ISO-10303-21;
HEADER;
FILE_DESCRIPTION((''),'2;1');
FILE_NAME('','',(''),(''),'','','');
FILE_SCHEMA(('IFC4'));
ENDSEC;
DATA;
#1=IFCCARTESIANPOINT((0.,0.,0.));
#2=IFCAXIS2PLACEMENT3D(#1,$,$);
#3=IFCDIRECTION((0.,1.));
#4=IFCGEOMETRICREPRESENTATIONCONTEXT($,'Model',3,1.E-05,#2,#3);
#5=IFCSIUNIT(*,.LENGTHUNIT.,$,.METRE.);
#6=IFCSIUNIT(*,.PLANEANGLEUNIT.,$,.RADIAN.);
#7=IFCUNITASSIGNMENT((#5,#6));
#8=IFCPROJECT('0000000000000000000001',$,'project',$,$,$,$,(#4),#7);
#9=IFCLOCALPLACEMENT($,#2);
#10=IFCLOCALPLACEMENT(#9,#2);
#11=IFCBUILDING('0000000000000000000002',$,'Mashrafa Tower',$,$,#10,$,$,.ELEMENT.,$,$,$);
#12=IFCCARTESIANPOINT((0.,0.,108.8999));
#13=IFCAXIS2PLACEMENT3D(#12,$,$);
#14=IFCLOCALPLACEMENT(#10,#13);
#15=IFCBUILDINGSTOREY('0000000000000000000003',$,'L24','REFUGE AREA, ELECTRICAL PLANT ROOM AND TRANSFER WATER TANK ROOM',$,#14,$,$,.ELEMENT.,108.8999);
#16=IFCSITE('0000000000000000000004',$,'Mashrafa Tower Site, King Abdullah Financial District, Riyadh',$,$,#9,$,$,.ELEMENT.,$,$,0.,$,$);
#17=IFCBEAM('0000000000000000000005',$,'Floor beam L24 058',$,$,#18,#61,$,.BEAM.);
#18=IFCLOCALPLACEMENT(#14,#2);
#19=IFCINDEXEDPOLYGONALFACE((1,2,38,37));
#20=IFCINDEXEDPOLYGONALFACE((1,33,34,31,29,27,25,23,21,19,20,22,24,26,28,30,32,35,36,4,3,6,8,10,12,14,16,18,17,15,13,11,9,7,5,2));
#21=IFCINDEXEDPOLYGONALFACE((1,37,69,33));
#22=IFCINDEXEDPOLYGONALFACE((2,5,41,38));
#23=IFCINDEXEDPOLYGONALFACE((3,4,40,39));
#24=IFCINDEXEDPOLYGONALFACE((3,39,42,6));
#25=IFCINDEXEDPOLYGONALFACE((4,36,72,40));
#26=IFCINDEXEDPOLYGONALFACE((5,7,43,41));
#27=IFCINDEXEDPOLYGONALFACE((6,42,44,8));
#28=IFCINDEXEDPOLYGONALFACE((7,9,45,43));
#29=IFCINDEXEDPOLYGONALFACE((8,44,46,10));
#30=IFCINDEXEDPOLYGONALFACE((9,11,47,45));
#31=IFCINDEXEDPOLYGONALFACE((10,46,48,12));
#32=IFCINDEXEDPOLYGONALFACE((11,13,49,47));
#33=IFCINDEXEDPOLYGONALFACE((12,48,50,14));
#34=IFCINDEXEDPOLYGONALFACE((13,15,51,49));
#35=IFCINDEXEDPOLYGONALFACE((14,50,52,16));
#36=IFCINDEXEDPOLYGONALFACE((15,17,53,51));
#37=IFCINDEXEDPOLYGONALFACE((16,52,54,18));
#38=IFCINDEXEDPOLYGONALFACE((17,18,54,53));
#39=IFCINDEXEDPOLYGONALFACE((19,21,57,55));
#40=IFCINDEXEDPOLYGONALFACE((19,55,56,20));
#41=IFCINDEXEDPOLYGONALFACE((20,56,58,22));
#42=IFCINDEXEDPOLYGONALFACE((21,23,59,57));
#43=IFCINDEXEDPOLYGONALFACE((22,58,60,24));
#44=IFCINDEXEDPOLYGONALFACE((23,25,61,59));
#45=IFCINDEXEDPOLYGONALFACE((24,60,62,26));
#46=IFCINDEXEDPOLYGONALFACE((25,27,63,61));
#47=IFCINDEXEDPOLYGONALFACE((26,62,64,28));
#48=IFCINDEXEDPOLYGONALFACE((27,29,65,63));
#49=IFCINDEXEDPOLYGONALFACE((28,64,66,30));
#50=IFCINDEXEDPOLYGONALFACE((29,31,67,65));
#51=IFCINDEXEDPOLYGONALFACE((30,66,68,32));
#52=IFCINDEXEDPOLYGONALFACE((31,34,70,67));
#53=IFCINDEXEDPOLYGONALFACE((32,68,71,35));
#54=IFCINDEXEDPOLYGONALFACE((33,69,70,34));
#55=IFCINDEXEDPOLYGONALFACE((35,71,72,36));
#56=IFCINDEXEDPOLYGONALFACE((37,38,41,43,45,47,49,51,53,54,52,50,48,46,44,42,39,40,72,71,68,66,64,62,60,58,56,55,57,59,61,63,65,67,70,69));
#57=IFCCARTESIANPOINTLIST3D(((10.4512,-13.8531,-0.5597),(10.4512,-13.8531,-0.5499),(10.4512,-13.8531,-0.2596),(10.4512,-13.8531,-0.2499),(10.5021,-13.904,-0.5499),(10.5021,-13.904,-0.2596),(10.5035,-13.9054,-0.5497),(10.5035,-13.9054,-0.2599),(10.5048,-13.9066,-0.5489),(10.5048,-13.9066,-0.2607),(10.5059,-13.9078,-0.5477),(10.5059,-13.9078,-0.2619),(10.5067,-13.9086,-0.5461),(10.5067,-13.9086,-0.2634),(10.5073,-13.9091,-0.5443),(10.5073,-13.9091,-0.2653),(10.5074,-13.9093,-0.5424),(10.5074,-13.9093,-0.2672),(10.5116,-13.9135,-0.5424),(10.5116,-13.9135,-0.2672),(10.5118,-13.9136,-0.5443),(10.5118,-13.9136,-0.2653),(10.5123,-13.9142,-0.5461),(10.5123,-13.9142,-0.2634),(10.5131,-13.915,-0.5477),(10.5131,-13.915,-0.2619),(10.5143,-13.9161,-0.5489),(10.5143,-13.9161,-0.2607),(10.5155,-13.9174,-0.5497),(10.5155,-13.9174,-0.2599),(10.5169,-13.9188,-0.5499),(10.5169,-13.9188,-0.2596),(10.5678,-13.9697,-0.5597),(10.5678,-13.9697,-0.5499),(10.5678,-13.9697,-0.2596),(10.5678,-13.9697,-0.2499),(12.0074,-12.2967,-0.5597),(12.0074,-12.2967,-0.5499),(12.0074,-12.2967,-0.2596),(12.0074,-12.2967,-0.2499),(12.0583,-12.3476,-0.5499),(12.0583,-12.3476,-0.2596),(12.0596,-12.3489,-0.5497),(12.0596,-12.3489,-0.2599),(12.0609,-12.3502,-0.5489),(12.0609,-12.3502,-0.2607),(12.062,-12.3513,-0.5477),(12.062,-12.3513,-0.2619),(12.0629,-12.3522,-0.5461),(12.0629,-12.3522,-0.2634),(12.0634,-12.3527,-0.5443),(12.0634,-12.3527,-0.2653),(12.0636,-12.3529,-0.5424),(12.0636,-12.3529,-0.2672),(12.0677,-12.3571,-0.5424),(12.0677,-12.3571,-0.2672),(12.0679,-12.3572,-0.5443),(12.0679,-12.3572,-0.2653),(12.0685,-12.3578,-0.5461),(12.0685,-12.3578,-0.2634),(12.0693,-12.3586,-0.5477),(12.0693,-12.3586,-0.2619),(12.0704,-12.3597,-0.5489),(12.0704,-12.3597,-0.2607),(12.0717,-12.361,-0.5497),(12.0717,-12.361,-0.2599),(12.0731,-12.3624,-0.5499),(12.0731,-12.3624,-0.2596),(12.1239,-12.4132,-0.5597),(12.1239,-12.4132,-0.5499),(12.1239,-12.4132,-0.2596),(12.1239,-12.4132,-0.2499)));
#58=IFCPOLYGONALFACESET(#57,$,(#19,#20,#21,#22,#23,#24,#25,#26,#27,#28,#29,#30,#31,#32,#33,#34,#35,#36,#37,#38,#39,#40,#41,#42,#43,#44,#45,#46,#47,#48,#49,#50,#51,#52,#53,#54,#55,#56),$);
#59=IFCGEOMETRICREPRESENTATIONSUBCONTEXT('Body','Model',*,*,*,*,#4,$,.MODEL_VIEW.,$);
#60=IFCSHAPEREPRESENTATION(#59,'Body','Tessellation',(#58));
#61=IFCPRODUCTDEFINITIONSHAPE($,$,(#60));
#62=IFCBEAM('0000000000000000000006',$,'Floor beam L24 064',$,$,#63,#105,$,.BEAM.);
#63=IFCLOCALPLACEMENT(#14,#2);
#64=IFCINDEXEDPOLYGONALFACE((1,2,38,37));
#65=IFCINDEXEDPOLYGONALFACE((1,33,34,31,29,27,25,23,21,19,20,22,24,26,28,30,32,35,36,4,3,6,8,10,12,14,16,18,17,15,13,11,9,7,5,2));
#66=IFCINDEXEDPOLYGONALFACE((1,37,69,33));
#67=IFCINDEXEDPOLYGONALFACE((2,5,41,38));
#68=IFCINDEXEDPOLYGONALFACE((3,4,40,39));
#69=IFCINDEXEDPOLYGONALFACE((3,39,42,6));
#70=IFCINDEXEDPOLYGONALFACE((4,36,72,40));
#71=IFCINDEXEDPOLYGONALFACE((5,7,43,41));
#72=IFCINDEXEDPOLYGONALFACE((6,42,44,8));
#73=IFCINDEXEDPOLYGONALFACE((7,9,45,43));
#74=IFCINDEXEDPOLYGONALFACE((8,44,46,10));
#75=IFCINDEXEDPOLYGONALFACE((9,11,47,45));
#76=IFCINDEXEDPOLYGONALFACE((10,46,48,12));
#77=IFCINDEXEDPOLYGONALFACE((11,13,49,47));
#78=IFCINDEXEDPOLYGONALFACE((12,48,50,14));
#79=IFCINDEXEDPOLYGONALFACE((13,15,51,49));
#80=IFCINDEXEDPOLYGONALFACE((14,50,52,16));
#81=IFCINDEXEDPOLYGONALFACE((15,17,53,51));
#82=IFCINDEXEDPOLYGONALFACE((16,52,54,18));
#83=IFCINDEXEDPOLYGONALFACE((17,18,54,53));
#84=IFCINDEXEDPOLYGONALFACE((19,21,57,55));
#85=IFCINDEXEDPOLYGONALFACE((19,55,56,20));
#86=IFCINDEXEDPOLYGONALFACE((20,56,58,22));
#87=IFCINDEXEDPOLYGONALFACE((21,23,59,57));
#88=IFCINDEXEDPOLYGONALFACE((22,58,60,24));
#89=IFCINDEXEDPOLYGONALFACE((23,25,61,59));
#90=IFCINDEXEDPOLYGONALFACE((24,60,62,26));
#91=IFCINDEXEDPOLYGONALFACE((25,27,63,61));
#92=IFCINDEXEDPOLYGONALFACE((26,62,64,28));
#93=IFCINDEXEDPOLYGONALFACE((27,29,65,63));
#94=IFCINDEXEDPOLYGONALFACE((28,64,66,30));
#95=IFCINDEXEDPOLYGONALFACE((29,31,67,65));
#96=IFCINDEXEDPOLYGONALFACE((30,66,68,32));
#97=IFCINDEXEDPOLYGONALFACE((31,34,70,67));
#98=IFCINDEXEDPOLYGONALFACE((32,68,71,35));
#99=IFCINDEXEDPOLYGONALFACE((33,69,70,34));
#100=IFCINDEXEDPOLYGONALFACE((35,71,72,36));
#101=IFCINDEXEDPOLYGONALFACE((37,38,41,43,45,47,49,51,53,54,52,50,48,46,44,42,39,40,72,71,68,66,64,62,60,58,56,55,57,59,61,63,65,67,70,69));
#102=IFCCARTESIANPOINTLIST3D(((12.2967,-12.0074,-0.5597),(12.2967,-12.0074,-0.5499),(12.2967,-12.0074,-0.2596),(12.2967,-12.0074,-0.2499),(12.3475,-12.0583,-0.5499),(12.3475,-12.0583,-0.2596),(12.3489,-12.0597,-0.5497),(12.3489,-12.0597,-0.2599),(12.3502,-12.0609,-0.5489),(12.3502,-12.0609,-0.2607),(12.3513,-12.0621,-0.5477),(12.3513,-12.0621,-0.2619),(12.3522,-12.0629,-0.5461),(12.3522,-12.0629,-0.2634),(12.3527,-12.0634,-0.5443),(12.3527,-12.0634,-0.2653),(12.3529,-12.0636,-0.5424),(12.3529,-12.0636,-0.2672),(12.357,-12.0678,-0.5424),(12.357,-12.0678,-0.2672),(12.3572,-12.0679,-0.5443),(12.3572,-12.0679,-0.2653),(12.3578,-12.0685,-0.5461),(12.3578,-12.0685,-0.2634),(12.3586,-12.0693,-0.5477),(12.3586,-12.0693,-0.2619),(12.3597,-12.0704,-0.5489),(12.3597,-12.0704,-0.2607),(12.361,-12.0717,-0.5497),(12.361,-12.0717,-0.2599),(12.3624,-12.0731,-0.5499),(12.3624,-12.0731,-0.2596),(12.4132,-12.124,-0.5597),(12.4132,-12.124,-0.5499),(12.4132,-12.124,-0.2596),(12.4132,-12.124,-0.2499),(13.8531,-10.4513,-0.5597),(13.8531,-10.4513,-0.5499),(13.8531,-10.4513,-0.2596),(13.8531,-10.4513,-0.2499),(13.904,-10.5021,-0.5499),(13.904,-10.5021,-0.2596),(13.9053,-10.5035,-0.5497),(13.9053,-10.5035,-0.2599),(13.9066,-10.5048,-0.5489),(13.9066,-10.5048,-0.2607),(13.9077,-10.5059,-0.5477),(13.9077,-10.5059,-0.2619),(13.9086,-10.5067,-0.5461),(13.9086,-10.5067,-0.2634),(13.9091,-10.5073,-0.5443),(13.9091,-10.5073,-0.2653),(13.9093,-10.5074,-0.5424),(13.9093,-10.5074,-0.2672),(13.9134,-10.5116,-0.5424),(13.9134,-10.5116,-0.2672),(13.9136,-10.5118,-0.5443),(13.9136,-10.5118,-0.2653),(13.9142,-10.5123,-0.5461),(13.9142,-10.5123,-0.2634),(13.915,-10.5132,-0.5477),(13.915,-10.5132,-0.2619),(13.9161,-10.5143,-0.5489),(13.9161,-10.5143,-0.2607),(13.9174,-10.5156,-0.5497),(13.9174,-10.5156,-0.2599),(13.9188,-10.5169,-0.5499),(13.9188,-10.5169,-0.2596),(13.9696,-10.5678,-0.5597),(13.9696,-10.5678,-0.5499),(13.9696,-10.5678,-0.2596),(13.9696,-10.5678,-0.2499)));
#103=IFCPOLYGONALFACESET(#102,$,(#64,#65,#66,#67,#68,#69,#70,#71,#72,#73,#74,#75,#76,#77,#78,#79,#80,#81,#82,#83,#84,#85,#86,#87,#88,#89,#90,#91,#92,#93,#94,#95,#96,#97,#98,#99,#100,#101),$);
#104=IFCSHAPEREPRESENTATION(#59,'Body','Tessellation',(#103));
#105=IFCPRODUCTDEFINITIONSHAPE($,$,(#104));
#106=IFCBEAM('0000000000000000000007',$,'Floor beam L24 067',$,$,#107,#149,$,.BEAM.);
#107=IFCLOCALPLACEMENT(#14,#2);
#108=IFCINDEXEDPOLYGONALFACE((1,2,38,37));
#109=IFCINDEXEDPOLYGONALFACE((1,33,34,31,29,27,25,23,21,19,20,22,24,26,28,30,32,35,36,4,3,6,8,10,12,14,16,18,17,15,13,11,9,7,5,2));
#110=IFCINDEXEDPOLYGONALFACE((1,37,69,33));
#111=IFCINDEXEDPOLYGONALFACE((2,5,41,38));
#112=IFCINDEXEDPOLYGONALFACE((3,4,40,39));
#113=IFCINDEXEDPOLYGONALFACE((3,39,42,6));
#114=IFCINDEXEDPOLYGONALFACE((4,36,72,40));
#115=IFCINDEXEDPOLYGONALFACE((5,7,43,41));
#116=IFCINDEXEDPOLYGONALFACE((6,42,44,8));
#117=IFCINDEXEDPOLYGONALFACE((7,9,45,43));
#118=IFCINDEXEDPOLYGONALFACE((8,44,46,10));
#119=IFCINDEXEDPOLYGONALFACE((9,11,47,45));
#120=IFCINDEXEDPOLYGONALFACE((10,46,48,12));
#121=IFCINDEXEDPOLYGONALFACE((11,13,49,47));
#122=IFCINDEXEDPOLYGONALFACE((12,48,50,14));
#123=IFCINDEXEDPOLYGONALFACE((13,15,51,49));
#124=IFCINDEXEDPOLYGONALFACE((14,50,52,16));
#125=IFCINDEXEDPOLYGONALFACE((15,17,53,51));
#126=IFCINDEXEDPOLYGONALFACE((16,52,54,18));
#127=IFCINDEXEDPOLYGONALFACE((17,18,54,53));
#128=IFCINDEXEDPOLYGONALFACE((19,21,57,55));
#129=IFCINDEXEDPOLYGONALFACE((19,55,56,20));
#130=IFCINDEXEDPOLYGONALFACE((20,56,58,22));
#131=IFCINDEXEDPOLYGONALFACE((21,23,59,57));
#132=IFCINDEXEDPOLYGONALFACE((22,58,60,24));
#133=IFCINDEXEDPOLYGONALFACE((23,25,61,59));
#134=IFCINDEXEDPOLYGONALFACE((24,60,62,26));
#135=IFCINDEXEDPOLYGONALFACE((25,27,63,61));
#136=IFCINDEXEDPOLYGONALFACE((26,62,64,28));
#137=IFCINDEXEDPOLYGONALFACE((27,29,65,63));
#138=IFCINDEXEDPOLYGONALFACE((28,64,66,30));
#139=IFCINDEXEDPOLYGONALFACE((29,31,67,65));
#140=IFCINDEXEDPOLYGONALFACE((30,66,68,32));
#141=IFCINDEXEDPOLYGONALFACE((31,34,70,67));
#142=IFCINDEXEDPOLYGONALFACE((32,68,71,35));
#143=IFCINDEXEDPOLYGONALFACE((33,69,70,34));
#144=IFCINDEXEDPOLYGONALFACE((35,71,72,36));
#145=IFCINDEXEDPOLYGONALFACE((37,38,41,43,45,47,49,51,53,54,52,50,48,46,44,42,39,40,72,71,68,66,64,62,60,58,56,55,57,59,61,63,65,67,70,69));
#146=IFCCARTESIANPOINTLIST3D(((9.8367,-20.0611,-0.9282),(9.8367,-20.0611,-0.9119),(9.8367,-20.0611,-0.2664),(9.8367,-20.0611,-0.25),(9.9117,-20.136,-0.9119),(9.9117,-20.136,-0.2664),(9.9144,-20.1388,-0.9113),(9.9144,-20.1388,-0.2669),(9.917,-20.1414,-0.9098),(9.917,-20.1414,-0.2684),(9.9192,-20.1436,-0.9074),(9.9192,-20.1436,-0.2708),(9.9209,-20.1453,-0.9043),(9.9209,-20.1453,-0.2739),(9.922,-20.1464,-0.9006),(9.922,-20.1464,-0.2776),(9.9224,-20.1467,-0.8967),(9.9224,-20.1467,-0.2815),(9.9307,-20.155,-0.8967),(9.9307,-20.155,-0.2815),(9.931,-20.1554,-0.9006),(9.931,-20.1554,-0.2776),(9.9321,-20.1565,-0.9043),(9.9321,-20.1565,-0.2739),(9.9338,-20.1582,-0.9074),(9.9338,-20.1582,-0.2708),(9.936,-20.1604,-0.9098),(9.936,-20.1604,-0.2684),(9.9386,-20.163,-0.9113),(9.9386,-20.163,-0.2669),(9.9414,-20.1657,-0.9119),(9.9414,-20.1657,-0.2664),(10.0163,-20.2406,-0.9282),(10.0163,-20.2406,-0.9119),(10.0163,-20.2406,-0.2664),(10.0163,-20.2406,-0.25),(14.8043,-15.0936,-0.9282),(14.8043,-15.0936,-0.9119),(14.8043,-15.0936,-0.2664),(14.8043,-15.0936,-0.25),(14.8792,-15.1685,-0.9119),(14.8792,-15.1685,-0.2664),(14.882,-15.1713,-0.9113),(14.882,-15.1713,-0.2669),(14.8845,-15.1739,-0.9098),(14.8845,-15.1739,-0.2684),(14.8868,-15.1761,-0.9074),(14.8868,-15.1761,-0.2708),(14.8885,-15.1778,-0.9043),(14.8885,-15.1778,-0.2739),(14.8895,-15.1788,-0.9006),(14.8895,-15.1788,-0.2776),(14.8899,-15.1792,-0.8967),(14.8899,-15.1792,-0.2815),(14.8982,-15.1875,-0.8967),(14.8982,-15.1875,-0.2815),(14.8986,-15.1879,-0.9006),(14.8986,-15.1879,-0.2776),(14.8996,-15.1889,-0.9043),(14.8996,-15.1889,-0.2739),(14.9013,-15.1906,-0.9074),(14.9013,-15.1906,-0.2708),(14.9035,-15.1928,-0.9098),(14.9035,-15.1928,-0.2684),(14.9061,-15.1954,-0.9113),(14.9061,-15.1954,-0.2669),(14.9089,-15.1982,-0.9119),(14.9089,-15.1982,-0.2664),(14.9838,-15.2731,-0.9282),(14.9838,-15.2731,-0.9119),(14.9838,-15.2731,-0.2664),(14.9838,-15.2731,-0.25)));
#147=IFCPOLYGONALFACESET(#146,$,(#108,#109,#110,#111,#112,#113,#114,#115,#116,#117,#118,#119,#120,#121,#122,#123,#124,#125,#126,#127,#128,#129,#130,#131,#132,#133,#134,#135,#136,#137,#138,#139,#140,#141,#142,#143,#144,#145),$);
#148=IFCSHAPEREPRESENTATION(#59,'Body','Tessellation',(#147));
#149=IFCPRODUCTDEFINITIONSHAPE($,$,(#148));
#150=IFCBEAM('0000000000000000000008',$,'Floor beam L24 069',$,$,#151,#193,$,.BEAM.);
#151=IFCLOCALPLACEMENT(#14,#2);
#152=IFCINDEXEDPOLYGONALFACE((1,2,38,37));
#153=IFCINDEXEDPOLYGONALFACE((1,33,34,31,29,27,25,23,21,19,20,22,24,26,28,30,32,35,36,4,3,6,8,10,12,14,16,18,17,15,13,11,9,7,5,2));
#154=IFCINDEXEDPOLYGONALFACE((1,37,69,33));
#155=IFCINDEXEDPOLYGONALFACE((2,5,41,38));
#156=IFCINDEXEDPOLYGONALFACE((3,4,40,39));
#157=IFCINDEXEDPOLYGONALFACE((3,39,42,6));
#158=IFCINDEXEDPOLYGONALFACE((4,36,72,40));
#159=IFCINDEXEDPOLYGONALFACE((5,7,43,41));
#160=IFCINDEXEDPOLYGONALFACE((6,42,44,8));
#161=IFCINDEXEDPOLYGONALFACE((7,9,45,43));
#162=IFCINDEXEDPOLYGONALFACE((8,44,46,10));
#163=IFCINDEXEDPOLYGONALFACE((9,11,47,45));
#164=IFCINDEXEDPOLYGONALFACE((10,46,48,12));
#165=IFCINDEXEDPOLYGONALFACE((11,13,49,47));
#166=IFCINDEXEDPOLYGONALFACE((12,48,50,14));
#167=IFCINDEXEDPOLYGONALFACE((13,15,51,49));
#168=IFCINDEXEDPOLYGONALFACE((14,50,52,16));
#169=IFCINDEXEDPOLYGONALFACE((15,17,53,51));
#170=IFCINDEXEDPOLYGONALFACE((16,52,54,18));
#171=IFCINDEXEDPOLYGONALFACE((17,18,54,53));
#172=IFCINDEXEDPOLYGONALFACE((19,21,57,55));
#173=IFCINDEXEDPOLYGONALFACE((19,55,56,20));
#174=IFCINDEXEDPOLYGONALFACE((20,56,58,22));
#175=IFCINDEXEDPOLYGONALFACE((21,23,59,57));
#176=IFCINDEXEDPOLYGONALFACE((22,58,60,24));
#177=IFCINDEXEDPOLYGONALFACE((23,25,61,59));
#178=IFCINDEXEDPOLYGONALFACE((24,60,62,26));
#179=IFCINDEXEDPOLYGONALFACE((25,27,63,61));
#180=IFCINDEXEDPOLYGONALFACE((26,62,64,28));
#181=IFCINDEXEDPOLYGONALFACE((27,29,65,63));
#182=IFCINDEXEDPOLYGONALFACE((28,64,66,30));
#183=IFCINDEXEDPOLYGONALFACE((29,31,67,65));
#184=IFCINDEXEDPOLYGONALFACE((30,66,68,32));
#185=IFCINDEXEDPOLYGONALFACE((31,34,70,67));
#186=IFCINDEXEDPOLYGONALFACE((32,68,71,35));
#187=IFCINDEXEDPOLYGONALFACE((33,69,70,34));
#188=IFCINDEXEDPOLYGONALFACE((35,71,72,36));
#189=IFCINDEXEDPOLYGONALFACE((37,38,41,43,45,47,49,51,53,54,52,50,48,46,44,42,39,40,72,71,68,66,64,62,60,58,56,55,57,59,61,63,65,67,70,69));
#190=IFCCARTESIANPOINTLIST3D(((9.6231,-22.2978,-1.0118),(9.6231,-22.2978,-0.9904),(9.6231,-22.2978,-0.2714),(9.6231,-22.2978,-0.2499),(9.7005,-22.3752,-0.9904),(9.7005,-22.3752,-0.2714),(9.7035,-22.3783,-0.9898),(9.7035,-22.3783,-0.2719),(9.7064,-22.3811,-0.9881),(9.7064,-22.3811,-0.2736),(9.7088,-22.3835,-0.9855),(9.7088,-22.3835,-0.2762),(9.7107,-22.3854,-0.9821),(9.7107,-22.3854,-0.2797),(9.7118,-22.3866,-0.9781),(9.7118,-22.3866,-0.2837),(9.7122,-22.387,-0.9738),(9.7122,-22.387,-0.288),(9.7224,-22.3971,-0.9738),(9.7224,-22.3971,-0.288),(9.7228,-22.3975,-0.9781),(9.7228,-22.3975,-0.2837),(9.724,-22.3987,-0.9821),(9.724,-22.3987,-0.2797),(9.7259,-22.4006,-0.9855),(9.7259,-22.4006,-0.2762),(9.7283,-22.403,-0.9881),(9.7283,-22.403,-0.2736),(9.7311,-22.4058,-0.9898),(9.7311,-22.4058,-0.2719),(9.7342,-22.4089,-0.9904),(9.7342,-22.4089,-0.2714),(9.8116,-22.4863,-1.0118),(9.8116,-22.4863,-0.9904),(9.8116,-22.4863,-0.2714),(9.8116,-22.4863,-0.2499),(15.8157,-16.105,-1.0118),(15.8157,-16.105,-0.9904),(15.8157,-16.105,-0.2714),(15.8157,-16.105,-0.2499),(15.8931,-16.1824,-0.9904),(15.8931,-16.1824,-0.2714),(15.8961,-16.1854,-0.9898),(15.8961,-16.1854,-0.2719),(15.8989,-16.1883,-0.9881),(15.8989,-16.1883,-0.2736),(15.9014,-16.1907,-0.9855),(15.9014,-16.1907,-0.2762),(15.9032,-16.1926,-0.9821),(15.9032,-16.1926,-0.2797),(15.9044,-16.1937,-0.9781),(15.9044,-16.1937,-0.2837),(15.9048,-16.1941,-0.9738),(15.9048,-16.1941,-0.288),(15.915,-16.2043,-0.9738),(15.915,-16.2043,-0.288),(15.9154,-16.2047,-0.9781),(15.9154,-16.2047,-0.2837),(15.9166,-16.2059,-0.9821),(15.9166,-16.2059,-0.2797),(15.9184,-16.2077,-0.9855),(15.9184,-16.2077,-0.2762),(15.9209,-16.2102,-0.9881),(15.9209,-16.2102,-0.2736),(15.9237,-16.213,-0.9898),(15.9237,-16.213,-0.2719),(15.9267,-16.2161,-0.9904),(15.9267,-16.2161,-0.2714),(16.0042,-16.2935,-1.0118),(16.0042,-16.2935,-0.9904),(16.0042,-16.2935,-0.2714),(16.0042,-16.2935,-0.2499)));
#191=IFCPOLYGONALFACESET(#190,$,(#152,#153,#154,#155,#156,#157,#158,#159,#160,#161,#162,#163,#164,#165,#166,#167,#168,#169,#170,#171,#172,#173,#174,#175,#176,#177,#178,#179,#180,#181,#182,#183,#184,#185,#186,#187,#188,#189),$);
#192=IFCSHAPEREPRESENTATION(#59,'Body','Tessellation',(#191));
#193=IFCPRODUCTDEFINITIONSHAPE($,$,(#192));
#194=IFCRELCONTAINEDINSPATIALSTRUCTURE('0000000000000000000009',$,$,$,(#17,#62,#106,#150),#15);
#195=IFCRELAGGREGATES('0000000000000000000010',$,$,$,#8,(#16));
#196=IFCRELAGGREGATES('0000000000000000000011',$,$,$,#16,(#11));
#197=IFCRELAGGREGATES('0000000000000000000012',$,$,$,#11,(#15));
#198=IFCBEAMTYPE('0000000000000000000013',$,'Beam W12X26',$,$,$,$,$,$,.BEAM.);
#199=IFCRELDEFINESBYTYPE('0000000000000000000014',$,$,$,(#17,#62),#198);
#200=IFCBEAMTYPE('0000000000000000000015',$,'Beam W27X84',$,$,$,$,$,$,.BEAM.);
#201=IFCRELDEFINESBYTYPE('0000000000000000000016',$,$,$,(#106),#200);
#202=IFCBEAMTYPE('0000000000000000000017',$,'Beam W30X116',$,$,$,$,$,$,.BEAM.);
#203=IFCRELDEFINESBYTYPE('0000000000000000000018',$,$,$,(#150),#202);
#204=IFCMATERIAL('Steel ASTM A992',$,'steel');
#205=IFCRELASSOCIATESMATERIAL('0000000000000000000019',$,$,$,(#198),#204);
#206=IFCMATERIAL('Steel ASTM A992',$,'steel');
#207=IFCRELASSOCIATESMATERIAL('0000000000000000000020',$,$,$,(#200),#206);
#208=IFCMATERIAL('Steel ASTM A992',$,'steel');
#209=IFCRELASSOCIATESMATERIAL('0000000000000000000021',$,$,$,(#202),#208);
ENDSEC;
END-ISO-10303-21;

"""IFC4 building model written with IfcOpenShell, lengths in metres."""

from ifc_helpers import new_model, si_unit, direction, frame, origin, origin_2d, place, context, subcontext, project, spatial, i_section, extrude, material, material_profile, profile_set, type_object, element, save


model = new_model("IFC4")

# Units and contexts
model_context = context("Model", 3, precision=1e-05, world=origin(), true_north=direction((0.0, 1.0)))
body_context = subcontext(model_context, "Body", "Model", "MODEL_VIEW")
ifc_project = project(units=[si_unit("LENGTHUNIT", "METRE"), si_unit("PLANEANGLEUNIT", "RADIAN")], contexts=[model_context])

# Site, building, storey
site_placement = place(None, origin())
site = spatial("IfcSite", under=ifc_project, at=site_placement, Name="Mashrafa Tower Site, King Abdullah Financial District, Riyadh", CompositionType="ELEMENT", RefElevation=0.0)
building_placement = place(site_placement, origin())
building = spatial("IfcBuilding", under=site, at=building_placement, Name="Mashrafa Tower", CompositionType="ELEMENT")
storey_placement = place(building_placement, frame((0.0, 0.0, 108.8999)))
storey = spatial("IfcBuildingStorey", under=building, at=storey_placement, Name="L24", Description="REFUGE AREA, ELECTRICAL PLANT ROOM AND TRANSFER WATER TANK ROOM", CompositionType="ELEMENT", Elevation=108.8999)

# Beams
ifc_material_1 = material(Name="Steel ASTM A992", Category="steel")
ifc_material_profile_1 = material_profile(ifc_material_1, i_section(OverallWidth=0.1648, OverallDepth=0.3098, WebThickness=0.0059, FlangeThickness=0.0098, FilletRadius=0.0076, at=origin_2d()), Name="W12X26")
ifc_profile_set_1 = profile_set([ifc_material_profile_1], Name="Steel ASTM A992")
beam_type_1 = type_object("IfcBeamType", Name="Beam W12X26", PredefinedType="BEAM", material=ifc_profile_set_1)
for number, where, z_axis, x_axis, name in (
    (1, (12.0657, -12.355, -0.4048), (-0.707051, -0.707162, 0.0), (0.707162, -0.707051, 0.0), "Floor beam L24 058"),
    (2, (13.9114, -10.5095, -0.4048), (-0.707162, -0.707051, 0.0), (0.707051, -0.707162, 0.0), "Floor beam L24 064"),
):
    element("IfcBeam", number, at=place(storey_placement, frame(where, z_axis=z_axis, x_axis=x_axis)), inside=storey, type_object=beam_type_1, Name=name, PredefinedType="BEAM", context=body_context, shape_type="SweptSolid", body=[
        extrude(i_section(OverallWidth=0.1648, OverallDepth=0.3098, WebThickness=0.0059, FlangeThickness=0.0098, FilletRadius=0.0076, at=origin_2d()), origin(), (0.0, 0.0, 1.0), 2.2009),
    ])
ifc_material_2 = material(Name="Steel ASTM A992", Category="steel")
ifc_material_profile_2 = material_profile(ifc_material_2, i_section(OverallWidth=0.2539, OverallDepth=0.6782, WebThickness=0.0117, FlangeThickness=0.0164, FilletRadius=0.0151, at=origin_2d()), Name="W27X84")
ifc_profile_set_2 = profile_set([ifc_material_profile_2], Name="Steel ASTM A992")
beam_type_2 = type_object("IfcBeamType", Name="Beam W27X84", PredefinedType="BEAM", material=ifc_profile_set_2)
beam_1_placement = place(storey_placement, frame((14.894, -15.1833, -0.5891), z_axis=(-0.707107, -0.707107, 0.0), x_axis=(0.707107, -0.707107, 0.0)))
element("IfcBeam", 3, at=beam_1_placement, inside=storey, type_object=beam_type_2, Name="Floor beam L24 067", PredefinedType="BEAM", context=body_context, shape_type="SweptSolid", body=[
    extrude(i_section(OverallWidth=0.2539, OverallDepth=0.6782, WebThickness=0.0117, FlangeThickness=0.0164, FilletRadius=0.0151, at=origin_2d()), origin(), (0.0, 0.0, 1.0), 7.0251),
])
ifc_material_3 = material(Name="Steel ASTM A992", Category="steel")
ifc_material_profile_3 = material_profile(ifc_material_3, i_section(OverallWidth=0.2666, OverallDepth=0.762, WebThickness=0.0144, FlangeThickness=0.0215, FilletRadius=0.0166, at=origin_2d()), Name="W30X116")
ifc_profile_set_3 = profile_set([ifc_material_profile_3], Name="Steel ASTM A992")
beam_type_3 = type_object("IfcBeamType", Name="Beam W30X116", PredefinedType="BEAM", material=ifc_profile_set_3)
beam_2_placement = place(storey_placement, frame((15.9099, -16.1992, -0.6309), z_axis=(-0.707093, -0.707121, 0.0), x_axis=(0.707121, -0.707093, 0.0)))
element("IfcBeam", 4, at=beam_2_placement, inside=storey, type_object=beam_type_3, Name="Floor beam L24 069", PredefinedType="BEAM", context=body_context, shape_type="SweptSolid", body=[
    extrude(i_section(OverallWidth=0.2666, OverallDepth=0.762, WebThickness=0.0144, FlangeThickness=0.0215, FilletRadius=0.0166, at=origin_2d()), origin(), (0.0, 0.0, 1.0), 8.7578),
])

save(model, "model.ifc")
